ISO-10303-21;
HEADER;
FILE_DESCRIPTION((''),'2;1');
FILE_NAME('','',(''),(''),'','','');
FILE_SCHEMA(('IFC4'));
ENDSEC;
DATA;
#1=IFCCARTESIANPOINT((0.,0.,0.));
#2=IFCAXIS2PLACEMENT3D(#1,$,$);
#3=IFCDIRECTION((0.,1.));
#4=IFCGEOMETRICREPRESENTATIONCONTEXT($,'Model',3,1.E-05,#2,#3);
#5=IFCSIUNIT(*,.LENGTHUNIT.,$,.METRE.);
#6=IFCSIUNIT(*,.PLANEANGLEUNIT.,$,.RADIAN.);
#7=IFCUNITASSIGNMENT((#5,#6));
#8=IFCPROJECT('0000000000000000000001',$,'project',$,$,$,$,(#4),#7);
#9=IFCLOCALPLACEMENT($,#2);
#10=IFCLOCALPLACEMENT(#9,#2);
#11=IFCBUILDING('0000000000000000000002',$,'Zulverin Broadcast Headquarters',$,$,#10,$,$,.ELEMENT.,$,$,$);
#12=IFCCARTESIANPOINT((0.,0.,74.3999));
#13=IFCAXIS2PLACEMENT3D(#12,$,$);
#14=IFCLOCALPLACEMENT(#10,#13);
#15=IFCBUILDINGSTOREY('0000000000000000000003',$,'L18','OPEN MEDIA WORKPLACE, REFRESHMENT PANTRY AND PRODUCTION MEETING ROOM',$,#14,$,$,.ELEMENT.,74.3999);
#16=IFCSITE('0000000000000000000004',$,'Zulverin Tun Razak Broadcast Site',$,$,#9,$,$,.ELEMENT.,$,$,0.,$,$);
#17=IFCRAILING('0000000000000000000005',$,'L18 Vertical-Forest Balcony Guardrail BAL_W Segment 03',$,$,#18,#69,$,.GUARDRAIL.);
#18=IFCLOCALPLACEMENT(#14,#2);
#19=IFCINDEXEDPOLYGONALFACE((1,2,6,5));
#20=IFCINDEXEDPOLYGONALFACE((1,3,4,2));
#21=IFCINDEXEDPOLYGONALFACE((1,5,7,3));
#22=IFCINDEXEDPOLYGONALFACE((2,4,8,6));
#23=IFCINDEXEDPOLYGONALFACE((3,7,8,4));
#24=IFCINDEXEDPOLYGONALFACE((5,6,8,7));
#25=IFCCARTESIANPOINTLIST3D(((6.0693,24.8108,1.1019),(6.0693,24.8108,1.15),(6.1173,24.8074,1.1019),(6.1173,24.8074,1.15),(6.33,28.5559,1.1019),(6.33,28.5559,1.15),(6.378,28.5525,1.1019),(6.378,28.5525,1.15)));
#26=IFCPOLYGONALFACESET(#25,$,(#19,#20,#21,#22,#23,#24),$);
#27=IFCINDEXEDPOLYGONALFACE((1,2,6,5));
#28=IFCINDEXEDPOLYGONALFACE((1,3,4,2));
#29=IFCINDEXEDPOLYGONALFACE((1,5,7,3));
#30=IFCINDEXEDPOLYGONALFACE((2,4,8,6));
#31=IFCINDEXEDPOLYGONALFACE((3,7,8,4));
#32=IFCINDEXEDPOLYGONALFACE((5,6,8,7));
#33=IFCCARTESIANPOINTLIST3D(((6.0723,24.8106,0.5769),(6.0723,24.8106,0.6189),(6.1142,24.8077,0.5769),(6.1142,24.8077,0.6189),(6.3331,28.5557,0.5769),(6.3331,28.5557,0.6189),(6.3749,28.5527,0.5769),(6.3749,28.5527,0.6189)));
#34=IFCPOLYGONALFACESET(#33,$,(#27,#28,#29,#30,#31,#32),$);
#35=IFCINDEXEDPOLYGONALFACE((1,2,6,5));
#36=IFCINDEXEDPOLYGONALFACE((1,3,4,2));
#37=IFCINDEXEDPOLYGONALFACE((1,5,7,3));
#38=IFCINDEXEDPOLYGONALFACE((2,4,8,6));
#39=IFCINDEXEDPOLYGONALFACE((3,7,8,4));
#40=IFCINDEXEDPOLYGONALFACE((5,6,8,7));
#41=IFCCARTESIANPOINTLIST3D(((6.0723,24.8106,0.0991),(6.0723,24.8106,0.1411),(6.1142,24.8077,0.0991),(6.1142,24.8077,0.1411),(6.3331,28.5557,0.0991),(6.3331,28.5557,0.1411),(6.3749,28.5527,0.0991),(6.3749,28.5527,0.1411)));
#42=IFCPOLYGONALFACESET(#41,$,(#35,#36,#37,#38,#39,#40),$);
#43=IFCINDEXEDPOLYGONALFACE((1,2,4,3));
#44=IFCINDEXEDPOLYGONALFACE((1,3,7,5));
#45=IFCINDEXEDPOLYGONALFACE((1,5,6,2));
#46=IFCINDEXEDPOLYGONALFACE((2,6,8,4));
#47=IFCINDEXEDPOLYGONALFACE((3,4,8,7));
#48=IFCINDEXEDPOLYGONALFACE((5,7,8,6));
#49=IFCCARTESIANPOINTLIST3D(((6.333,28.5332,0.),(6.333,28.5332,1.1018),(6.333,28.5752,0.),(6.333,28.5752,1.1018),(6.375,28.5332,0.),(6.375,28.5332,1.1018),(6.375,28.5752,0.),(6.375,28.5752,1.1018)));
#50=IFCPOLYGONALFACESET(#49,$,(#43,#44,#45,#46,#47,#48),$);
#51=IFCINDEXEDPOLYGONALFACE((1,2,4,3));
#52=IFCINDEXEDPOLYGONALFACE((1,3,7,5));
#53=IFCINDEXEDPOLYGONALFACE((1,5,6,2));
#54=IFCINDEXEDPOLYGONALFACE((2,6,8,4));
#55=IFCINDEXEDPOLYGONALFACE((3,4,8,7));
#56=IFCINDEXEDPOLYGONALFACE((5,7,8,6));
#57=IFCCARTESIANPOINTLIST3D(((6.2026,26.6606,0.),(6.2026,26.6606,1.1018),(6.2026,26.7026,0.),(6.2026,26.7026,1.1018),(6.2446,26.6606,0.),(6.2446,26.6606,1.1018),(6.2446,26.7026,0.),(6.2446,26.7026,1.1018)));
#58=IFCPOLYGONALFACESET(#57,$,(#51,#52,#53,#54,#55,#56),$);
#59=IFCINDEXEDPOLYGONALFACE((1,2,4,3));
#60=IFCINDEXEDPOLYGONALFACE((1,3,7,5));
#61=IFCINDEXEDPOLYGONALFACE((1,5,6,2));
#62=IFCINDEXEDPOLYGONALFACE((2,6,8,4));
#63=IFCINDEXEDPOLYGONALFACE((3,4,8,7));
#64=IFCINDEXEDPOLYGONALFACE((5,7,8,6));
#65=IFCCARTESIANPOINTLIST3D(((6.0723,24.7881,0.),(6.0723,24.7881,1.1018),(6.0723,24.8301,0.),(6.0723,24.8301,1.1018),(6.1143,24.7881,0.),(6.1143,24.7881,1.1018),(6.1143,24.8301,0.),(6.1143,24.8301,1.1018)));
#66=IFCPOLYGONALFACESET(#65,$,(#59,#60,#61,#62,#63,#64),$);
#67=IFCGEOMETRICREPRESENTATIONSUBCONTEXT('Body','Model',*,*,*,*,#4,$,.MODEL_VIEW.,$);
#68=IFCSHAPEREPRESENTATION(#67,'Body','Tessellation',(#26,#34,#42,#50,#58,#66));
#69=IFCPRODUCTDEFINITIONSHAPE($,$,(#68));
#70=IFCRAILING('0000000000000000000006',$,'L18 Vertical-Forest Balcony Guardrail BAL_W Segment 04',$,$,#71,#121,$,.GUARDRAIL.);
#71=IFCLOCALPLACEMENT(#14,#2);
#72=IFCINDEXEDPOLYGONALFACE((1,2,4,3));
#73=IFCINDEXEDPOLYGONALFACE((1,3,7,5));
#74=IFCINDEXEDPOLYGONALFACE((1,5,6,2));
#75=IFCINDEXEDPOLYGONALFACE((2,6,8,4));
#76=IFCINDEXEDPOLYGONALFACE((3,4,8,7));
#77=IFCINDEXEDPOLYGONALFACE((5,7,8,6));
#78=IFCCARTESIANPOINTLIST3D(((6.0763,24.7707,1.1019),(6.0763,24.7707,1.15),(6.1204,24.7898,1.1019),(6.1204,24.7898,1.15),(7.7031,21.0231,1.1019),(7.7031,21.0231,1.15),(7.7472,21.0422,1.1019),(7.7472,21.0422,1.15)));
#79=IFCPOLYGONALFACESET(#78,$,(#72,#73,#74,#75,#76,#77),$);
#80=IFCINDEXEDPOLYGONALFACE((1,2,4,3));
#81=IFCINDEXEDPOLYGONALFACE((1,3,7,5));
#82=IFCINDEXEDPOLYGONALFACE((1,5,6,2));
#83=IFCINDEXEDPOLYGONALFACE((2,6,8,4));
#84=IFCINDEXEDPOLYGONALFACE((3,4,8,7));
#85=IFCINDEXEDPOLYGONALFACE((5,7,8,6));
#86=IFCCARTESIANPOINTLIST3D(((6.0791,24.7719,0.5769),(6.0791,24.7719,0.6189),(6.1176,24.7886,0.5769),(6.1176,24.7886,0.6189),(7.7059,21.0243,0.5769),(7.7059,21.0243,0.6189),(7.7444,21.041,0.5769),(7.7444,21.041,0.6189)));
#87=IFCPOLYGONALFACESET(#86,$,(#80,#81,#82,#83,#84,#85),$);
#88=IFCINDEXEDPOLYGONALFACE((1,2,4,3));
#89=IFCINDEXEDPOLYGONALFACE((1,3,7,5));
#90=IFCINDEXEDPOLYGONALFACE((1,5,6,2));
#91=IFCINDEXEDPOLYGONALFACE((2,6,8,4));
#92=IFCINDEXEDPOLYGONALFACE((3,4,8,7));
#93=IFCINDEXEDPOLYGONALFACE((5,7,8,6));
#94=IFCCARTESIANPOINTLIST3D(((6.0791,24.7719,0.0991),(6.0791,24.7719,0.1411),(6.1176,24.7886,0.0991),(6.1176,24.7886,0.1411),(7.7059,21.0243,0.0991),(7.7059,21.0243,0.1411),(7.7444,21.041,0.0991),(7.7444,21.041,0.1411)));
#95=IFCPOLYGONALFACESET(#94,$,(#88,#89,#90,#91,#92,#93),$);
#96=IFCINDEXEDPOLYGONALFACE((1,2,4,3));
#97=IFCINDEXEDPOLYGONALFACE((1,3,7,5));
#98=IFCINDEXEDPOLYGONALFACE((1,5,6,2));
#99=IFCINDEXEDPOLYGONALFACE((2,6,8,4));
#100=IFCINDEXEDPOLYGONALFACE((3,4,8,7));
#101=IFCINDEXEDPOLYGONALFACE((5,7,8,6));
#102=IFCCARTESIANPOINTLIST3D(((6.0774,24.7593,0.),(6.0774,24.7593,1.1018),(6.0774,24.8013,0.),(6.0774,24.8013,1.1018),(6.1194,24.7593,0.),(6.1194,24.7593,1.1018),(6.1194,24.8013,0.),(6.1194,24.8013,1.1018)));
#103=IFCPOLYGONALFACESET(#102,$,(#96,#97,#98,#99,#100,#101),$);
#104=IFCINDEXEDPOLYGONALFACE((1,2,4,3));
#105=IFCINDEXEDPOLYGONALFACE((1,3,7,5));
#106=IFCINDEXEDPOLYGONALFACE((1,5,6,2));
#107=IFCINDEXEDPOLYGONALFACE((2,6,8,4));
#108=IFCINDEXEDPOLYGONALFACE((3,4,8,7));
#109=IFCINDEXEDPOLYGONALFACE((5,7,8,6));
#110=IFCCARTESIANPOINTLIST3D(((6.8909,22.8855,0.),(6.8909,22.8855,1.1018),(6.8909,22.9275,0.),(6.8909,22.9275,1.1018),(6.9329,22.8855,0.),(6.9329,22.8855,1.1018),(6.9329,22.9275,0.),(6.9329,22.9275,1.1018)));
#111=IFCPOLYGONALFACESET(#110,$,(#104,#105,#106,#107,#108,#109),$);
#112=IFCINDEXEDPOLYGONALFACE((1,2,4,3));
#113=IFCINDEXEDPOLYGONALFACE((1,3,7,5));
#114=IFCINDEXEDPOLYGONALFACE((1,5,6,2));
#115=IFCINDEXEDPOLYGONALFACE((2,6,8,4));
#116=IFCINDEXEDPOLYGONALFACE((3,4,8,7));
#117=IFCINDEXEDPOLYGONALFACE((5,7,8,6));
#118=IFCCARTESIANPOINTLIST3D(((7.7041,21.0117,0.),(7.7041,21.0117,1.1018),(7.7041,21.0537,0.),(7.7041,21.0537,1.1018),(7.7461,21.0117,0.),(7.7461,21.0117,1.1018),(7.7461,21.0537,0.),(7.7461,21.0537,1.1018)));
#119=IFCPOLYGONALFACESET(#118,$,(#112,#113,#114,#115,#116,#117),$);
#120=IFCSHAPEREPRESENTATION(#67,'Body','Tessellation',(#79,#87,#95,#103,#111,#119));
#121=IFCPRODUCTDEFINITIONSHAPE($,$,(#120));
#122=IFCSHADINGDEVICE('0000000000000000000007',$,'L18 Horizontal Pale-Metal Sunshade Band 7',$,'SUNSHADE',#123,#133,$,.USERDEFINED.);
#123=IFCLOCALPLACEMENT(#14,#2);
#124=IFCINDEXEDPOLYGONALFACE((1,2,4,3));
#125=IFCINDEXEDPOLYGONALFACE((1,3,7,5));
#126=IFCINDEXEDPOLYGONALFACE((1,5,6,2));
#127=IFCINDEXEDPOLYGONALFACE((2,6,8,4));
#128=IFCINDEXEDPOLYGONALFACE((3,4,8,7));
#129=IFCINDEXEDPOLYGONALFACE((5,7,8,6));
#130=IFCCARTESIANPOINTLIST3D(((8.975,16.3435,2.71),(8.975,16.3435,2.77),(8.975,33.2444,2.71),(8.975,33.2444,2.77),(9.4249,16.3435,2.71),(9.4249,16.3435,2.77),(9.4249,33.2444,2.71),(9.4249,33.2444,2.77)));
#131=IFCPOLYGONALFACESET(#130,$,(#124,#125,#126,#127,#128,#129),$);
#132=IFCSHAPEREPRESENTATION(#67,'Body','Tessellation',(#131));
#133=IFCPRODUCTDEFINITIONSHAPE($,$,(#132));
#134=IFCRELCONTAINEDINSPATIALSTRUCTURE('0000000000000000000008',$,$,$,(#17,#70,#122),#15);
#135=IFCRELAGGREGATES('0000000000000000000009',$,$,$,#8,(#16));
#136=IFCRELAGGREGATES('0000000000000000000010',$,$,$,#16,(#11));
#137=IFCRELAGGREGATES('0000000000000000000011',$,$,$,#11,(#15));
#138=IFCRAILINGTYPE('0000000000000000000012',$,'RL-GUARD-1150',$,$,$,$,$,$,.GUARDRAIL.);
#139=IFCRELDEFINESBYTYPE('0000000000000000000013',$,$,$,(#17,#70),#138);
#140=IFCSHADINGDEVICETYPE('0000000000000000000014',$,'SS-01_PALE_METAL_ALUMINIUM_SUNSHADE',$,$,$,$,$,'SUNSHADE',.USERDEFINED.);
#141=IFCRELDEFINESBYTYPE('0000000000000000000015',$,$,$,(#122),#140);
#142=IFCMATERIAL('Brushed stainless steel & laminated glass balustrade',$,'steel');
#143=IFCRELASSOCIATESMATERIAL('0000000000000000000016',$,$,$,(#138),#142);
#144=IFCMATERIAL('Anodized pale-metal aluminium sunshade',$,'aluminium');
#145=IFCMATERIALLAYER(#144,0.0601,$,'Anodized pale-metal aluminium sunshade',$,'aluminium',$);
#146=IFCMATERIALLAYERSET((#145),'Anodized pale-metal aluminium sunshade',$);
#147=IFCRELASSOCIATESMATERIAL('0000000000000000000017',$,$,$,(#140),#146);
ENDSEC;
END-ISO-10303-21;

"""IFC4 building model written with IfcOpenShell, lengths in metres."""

from ifc_helpers import new_model, si_unit, direction, frame, origin, origin_2d, place, context, subcontext, project, spatial, rectangle, extrude, material, layer, layer_set, type_object, element, save


model = new_model("IFC4")

# Units and contexts
model_context = context("Model", 3, precision=1e-05, world=origin(), true_north=direction((0.0, 1.0)))
body_context = subcontext(model_context, "Body", "Model", "MODEL_VIEW")
ifc_project = project(units=[si_unit("LENGTHUNIT", "METRE"), si_unit("PLANEANGLEUNIT", "RADIAN")], contexts=[model_context])

# Site, building, storey
site_placement = place(None, origin())
site = spatial("IfcSite", under=ifc_project, at=site_placement, Name="Zulverin Tun Razak Broadcast Site", CompositionType="ELEMENT", RefElevation=0.0)
building_placement = place(site_placement, origin())
building = spatial("IfcBuilding", under=site, at=building_placement, Name="Zulverin Broadcast Headquarters", CompositionType="ELEMENT")
storey_placement = place(building_placement, frame((0.0, 0.0, 74.3999)))
storey = spatial("IfcBuildingStorey", under=building, at=storey_placement, Name="L18", Description="OPEN MEDIA WORKPLACE, REFRESHMENT PANTRY AND PRODUCTION MEETING ROOM", CompositionType="ELEMENT", Elevation=74.3999)

# Railings
ifc_material_1 = material(Name="Brushed stainless steel & laminated glass balustrade", Category="steel")
railing_type = type_object("IfcRailingType", Name="RL-GUARD-1150", PredefinedType="GUARDRAIL", material=ifc_material_1)
railing_1_placement = place(storey_placement, frame((6.354, 28.5542, 0.0)))
element("IfcRailing", 1, at=railing_1_placement, inside=storey, type_object=railing_type, Name="L18 Vertical-Forest Balcony Guardrail BAL_W Segment 03", PredefinedType="GUARDRAIL", context=body_context, shape_type="SweptSolid", body=[
    extrude(rectangle(XDim=0.0481, YDim=0.0481, at=origin_2d()), frame((0.0, 0.0, 1.126), z_axis=(-0.069454, -0.997585, 0.0), x_axis=(0.997585, -0.069454, 0.0)), (0.0, 0.0, 1.0), 3.7542),
    extrude(rectangle(XDim=0.042, YDim=0.042, at=origin_2d()), frame((0.0, 0.0, 0.5979), z_axis=(-0.069454, -0.997585, 0.0), x_axis=(0.997585, -0.069454, 0.0)), (0.0, 0.0, 1.0), 3.7542),
    extrude(rectangle(XDim=0.042, YDim=0.042, at=origin_2d()), frame((0.0, 0.0, 0.1201), z_axis=(-0.069454, -0.997585, 0.0), x_axis=(0.997585, -0.069454, 0.0)), (0.0, 0.0, 1.0), 3.7542),
    extrude(rectangle(XDim=0.042, YDim=0.042, at=origin_2d()), origin(), (0.0, 0.0, 1.0), 1.1018),
    extrude(rectangle(XDim=0.042, YDim=0.042, at=origin_2d()), frame((-0.1304, -1.8726, 0.0)), (0.0, 0.0, 1.0), 1.1018),
    extrude(rectangle(XDim=0.042, YDim=0.042, at=origin_2d()), frame((-0.2607, -3.7451, 0.0)), (0.0, 0.0, 1.0), 1.1018),
])
railing_2_placement = place(storey_placement, frame((6.0984, 24.7803, 0.0)))
element("IfcRailing", 2, at=railing_2_placement, inside=storey, type_object=railing_type, Name="L18 Vertical-Forest Balcony Guardrail BAL_W Segment 04", PredefinedType="GUARDRAIL", context=body_context, shape_type="SweptSolid", body=[
    extrude(rectangle(XDim=0.0481, YDim=0.0481, at=origin_2d()), frame((0.0, 0.0, 1.126), z_axis=(0.398178, -0.917308, 0.0), x_axis=(0.917308, 0.398178, 0.0)), (0.0, 0.0, 1.0), 4.0854),
    extrude(rectangle(XDim=0.042, YDim=0.042, at=origin_2d()), frame((0.0, 0.0, 0.5979), z_axis=(0.398178, -0.917308, 0.0), x_axis=(0.917308, 0.398178, 0.0)), (0.0, 0.0, 1.0), 4.0854),
    extrude(rectangle(XDim=0.042, YDim=0.042, at=origin_2d()), frame((0.0, 0.0, 0.1201), z_axis=(0.398178, -0.917308, 0.0), x_axis=(0.917308, 0.398178, 0.0)), (0.0, 0.0, 1.0), 4.0854),
    extrude(rectangle(XDim=0.042, YDim=0.042, at=origin_2d()), origin(), (0.0, 0.0, 1.0), 1.1018),
    extrude(rectangle(XDim=0.042, YDim=0.042, at=origin_2d()), frame((0.8135, -1.8738, 0.0)), (0.0, 0.0, 1.0), 1.1018),
    extrude(rectangle(XDim=0.042, YDim=0.042, at=origin_2d()), frame((1.6267, -3.7476, 0.0)), (0.0, 0.0, 1.0), 1.1018),
])

# Shading device
ifc_material_2 = material(Name="Anodized pale-metal aluminium sunshade", Category="aluminium")
ifc_layer_1 = layer(ifc_material_2, 0.0601, Name="Anodized pale-metal aluminium sunshade", Category="aluminium")
ifc_layer_set_1 = layer_set([ifc_layer_1], Name="Anodized pale-metal aluminium sunshade")
shading_device_type = type_object("IfcShadingDeviceType", Name="SS-01_PALE_METAL_ALUMINIUM_SUNSHADE", ElementType="SUNSHADE", PredefinedType="USERDEFINED", material=ifc_layer_set_1)
shading_device_placement = place(storey_placement, frame((9.2, 24.7939, 2.71), z_axis=(0.0, 0.0, 1.0), x_axis=(0.0, -1.0, 0.0)))
element("IfcShadingDevice", 3, at=shading_device_placement, inside=storey, type_object=shading_device_type, Name="L18 Horizontal Pale-Metal Sunshade Band 7", ObjectType="SUNSHADE", PredefinedType="USERDEFINED", context=body_context, shape_type="SweptSolid", body=[
    extrude(rectangle(XDim=16.9009, YDim=0.45, at=origin_2d()), origin(), (0.0, 0.0, 1.0), 0.0601),
])

save(model, "model.ifc")
